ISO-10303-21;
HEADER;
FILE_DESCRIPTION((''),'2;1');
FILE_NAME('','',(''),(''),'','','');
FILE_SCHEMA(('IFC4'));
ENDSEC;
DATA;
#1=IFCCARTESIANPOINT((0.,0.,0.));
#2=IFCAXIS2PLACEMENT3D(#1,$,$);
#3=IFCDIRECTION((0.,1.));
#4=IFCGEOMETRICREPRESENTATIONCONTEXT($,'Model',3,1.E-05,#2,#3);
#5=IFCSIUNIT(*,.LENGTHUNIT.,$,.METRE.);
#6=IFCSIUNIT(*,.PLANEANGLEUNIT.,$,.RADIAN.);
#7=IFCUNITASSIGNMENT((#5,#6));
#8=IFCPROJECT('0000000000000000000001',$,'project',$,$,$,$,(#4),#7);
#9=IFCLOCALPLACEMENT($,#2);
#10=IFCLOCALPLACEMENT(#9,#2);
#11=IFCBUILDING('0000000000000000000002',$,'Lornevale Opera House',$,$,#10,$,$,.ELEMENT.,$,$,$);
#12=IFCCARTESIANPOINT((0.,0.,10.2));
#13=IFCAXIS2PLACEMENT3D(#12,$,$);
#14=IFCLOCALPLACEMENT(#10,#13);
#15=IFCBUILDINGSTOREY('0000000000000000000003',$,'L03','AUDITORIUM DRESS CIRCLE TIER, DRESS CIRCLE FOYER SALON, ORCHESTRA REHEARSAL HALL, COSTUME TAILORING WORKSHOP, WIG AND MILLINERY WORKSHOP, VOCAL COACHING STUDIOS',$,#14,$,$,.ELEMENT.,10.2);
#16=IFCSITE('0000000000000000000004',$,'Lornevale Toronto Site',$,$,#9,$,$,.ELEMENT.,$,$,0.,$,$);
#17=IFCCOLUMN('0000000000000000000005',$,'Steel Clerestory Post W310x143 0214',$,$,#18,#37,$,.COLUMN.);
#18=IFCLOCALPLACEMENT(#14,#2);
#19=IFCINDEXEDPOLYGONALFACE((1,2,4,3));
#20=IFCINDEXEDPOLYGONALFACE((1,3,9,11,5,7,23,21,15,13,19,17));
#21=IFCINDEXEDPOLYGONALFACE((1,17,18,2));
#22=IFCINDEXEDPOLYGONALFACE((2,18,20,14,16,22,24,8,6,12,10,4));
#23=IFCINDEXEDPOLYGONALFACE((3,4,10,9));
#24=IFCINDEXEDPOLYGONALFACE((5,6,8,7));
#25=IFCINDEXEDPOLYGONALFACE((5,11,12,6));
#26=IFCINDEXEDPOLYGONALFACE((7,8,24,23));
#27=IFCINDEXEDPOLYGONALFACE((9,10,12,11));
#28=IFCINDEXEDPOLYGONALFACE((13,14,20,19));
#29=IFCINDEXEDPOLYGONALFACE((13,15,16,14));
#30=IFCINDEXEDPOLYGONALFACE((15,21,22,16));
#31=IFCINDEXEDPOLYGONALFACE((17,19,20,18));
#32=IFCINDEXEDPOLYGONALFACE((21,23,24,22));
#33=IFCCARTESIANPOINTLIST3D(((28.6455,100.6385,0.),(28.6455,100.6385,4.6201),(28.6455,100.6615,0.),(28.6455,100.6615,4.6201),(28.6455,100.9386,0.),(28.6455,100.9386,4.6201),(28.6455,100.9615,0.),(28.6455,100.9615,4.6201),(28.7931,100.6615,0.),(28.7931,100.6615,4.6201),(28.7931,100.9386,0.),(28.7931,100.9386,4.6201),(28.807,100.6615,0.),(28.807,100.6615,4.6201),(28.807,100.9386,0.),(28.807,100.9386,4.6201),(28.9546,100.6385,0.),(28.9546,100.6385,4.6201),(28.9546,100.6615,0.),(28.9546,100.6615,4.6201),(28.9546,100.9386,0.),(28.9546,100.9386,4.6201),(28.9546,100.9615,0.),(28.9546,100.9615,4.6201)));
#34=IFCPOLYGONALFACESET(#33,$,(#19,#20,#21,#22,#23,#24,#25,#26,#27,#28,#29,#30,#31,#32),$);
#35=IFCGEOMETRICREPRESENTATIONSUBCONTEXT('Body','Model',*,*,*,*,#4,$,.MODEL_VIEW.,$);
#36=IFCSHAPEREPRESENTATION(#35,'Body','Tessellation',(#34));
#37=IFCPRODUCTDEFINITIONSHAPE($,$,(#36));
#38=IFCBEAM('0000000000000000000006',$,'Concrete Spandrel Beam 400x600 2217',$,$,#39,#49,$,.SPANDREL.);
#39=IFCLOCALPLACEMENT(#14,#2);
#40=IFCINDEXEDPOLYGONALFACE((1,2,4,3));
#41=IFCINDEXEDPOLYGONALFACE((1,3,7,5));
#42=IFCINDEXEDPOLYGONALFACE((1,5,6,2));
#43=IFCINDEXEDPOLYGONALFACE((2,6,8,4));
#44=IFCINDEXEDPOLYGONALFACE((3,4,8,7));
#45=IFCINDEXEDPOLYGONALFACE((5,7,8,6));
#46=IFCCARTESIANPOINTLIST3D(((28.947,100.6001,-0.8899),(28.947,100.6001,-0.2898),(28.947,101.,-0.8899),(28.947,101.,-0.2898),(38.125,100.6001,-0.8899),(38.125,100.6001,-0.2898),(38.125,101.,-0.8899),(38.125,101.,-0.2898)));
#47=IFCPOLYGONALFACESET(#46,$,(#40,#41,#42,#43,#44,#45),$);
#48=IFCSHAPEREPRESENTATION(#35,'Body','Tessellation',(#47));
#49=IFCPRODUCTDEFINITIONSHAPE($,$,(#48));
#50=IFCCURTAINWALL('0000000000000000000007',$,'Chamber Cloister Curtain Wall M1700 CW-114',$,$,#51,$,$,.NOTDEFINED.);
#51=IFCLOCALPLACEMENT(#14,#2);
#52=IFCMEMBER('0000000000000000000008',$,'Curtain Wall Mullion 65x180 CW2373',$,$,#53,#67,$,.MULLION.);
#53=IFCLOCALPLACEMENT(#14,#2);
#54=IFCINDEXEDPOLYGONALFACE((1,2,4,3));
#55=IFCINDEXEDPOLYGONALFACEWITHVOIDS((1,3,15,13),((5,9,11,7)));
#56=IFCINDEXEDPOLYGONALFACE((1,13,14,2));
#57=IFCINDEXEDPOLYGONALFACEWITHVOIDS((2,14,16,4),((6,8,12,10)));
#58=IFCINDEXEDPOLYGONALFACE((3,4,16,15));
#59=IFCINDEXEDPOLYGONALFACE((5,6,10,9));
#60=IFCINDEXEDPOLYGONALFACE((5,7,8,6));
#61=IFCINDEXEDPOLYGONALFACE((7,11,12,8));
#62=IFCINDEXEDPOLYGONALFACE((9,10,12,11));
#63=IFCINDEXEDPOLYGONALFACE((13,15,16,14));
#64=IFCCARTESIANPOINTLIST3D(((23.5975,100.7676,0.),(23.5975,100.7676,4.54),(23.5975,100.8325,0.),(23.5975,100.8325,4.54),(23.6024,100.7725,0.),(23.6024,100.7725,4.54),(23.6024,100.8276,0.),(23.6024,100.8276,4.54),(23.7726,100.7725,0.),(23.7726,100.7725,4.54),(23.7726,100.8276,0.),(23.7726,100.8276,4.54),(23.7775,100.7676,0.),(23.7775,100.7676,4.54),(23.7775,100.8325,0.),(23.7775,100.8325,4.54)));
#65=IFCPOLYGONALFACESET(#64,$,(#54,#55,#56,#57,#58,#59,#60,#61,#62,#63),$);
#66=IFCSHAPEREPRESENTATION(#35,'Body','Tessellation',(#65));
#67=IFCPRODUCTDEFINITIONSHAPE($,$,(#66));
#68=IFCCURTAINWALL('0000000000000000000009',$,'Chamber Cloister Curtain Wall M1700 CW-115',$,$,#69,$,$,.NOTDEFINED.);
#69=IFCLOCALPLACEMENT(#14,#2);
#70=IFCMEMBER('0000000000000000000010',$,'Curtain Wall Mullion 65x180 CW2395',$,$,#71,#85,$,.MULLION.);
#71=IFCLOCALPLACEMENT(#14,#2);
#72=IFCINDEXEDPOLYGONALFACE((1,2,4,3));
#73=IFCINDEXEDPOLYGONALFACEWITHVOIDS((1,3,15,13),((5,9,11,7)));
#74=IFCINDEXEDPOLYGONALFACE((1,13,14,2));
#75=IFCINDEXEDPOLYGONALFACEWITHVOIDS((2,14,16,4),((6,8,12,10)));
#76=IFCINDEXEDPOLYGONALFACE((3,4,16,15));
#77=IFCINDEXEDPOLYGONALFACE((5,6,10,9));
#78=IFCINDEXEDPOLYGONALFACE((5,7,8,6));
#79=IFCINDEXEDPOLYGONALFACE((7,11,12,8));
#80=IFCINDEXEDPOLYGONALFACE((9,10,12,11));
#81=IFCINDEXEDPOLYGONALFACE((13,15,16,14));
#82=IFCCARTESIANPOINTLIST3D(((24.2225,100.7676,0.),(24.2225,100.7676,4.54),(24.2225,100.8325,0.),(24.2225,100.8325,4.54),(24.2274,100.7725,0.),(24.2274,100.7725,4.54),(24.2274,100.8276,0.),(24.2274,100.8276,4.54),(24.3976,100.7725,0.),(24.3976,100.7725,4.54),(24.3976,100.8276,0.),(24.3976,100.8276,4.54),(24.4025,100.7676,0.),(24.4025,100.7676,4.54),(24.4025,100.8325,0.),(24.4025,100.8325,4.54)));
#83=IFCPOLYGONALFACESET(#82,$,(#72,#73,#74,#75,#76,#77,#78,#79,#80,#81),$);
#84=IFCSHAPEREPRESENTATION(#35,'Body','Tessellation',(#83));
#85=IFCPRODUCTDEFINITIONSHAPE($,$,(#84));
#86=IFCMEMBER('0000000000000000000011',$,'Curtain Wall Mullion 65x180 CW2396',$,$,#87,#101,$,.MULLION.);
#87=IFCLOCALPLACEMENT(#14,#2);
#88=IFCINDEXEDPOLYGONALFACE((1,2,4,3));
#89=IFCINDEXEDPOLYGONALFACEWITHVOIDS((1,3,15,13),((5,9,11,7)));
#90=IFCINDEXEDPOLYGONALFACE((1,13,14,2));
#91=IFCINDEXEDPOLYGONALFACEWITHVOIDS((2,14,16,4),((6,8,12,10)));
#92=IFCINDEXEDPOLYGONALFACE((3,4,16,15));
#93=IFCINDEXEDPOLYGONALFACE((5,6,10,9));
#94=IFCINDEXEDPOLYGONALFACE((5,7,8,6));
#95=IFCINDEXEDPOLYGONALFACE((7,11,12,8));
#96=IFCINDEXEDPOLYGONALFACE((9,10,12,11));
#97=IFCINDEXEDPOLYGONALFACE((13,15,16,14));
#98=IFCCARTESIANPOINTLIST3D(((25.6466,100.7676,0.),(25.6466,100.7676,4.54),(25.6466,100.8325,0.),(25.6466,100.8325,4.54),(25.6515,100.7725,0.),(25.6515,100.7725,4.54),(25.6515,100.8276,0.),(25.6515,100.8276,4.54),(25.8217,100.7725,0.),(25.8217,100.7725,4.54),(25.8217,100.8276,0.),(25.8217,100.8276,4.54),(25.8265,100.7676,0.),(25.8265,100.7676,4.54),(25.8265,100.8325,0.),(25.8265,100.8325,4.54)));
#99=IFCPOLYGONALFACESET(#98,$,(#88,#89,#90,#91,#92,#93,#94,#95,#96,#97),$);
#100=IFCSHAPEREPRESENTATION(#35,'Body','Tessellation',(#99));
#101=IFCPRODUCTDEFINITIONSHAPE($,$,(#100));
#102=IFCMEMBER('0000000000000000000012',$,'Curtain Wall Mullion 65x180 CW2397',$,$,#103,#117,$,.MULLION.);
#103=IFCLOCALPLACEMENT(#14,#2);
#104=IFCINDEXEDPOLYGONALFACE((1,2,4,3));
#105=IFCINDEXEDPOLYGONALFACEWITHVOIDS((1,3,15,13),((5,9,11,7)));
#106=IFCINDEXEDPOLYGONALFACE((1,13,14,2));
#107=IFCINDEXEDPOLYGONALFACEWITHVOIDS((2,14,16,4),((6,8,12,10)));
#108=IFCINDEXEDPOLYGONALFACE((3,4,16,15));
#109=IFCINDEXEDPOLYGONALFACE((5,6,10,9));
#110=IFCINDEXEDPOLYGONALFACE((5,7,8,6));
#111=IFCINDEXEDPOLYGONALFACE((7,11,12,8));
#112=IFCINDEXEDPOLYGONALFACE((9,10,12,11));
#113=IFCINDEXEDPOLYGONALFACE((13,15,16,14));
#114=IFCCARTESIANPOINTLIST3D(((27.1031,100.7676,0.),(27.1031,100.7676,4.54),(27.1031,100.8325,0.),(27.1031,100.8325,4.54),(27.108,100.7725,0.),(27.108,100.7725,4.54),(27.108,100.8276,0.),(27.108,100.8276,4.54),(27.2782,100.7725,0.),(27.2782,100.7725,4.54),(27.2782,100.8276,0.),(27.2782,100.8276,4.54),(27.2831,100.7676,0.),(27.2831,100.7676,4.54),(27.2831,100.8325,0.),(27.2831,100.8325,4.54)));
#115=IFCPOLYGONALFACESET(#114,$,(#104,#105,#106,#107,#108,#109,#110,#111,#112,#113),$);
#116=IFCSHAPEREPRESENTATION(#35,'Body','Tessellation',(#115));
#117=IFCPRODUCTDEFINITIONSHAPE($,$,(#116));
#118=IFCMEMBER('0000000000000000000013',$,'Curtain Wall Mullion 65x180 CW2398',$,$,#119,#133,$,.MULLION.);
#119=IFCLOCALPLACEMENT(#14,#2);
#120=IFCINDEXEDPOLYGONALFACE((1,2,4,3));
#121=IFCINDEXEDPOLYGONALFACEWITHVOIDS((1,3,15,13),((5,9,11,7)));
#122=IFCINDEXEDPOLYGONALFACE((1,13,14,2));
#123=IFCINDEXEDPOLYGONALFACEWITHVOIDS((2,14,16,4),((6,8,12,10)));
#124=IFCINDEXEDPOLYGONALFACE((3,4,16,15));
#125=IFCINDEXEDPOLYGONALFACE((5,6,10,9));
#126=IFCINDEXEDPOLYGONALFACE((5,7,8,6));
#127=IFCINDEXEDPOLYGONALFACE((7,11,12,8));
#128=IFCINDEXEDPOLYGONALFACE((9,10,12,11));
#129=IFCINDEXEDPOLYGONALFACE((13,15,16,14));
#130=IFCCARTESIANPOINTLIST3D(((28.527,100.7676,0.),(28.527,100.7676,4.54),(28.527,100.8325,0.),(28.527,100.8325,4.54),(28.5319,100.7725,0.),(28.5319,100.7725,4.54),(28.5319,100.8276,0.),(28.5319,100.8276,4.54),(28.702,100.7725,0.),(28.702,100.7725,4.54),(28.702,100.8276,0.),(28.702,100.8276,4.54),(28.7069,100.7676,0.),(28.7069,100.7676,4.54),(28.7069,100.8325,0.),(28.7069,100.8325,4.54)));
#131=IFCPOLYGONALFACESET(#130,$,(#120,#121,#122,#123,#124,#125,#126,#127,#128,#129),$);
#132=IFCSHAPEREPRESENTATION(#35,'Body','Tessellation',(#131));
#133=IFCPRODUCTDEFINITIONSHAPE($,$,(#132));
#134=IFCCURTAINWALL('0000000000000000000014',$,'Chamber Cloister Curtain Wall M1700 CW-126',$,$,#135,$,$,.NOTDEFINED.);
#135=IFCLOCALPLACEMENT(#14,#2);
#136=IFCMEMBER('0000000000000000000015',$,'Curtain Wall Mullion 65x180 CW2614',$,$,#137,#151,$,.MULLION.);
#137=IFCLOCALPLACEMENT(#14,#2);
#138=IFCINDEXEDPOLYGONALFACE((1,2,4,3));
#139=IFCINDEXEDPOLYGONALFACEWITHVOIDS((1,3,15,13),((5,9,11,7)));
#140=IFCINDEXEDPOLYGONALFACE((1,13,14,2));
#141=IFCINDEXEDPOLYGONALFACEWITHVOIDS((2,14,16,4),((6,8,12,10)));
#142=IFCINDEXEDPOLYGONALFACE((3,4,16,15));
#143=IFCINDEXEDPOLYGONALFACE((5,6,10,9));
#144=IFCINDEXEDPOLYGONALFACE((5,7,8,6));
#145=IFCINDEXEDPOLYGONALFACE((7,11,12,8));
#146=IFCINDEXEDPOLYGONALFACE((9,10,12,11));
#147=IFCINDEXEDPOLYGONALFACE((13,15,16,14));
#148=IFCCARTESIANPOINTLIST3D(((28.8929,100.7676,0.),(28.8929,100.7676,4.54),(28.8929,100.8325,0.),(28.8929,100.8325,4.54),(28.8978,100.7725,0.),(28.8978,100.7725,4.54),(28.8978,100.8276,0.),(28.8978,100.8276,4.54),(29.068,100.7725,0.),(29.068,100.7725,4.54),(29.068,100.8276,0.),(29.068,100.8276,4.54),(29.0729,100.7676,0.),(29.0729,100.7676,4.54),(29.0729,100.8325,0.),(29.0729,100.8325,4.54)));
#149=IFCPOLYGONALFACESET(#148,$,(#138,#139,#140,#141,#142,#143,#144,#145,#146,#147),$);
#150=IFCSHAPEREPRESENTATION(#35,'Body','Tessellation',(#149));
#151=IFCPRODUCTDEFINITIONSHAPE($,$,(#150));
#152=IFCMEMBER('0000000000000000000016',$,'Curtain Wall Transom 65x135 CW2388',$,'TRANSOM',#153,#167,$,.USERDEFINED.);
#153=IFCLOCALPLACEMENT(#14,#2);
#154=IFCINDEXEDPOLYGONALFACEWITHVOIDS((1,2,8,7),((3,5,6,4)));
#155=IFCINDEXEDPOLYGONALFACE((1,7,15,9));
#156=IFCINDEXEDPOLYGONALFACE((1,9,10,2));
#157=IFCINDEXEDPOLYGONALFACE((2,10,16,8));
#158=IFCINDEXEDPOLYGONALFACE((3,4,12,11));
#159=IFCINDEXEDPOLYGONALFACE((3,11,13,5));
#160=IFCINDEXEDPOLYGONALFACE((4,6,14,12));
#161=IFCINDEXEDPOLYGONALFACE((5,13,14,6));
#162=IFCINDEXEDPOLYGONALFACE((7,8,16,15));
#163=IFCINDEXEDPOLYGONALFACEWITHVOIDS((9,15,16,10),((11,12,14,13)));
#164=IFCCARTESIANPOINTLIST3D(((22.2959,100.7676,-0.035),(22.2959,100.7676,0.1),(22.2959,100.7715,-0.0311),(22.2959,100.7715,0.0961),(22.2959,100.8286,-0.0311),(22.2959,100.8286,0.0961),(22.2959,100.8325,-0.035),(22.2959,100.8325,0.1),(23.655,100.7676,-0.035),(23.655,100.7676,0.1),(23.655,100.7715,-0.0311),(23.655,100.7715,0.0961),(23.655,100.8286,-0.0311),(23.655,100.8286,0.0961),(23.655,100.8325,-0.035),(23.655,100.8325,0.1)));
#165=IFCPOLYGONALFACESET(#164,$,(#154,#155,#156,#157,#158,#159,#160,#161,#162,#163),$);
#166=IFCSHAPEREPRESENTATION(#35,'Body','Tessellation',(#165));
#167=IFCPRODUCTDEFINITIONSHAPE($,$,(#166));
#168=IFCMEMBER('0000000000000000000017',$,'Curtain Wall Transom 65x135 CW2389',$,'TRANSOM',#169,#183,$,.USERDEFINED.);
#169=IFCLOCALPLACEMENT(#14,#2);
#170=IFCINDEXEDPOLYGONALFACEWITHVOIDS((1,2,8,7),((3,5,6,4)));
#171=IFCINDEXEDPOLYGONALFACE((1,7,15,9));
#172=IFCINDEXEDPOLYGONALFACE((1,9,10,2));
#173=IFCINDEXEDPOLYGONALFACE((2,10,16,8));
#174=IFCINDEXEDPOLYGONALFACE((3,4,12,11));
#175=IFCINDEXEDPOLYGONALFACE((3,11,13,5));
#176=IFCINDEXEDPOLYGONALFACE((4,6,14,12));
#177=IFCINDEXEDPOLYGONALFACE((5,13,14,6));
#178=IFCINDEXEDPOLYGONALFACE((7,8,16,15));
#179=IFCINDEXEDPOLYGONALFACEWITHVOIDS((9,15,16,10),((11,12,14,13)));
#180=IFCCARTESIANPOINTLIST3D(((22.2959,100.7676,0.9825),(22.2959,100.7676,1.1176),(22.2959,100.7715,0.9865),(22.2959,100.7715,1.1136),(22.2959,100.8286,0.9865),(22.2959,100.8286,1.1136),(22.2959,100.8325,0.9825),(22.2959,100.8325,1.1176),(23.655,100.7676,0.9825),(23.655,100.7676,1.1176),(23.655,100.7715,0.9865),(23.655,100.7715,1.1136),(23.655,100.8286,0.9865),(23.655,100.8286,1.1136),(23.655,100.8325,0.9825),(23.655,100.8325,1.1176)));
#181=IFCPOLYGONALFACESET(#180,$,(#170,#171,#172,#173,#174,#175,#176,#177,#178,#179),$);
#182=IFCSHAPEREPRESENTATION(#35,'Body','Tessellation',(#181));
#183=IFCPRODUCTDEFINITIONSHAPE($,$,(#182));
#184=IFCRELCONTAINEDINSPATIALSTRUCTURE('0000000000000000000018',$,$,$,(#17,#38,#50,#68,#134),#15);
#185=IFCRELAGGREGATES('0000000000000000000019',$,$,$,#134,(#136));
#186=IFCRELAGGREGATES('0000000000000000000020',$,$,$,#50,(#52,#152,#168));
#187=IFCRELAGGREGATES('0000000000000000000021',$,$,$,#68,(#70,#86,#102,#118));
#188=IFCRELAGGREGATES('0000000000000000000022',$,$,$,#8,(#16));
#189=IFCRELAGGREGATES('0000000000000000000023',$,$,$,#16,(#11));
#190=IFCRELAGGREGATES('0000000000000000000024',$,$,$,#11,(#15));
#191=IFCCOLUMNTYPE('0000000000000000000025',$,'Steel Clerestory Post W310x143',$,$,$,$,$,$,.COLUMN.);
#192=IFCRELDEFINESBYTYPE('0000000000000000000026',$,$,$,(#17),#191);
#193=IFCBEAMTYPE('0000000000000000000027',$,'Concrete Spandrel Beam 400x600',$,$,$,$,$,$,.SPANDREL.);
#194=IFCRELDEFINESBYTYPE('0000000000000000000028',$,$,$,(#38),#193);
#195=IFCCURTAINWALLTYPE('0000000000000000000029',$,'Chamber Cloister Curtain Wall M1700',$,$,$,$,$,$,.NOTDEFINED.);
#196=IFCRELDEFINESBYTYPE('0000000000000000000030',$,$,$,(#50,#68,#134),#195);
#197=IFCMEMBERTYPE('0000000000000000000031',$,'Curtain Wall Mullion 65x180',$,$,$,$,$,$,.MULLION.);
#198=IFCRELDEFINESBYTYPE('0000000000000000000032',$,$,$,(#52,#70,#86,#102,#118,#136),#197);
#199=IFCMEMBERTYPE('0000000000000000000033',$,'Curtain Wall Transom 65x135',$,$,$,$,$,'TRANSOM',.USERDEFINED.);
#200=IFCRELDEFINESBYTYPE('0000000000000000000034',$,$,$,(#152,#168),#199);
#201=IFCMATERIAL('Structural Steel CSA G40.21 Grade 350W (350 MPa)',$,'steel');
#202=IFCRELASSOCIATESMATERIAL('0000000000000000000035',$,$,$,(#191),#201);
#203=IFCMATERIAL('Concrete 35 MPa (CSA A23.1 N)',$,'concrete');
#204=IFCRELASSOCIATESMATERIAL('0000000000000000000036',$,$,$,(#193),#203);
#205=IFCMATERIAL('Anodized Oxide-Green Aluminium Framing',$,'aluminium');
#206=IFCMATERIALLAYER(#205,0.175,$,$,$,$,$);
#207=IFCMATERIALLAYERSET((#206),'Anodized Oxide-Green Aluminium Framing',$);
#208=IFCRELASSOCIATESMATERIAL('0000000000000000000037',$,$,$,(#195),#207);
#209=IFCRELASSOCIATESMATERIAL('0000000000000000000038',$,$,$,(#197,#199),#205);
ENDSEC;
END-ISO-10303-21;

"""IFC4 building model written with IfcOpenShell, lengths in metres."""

from ifc_helpers import new_model, si_unit, direction, frame, origin, origin_2d, place, context, subcontext, project, spatial, rectangle, hollow_rectangle, i_section, extrude, material, layer, layer_set, material_profile, profile_set, type_object, element, aggregate, save


model = new_model("IFC4")

# Units and contexts
model_context = context("Model", 3, precision=1e-05, world=origin(), true_north=direction((0.0, 1.0)))
body_context = subcontext(model_context, "Body", "Model", "MODEL_VIEW")
ifc_project = project(units=[si_unit("LENGTHUNIT", "METRE"), si_unit("PLANEANGLEUNIT", "RADIAN")], contexts=[model_context])

# Site, building, storey
site_placement = place(None, origin())
site = spatial("IfcSite", under=ifc_project, at=site_placement, Name="Lornevale Toronto Site", CompositionType="ELEMENT", RefElevation=0.0)
building_placement = place(site_placement, origin())
building = spatial("IfcBuilding", under=site, at=building_placement, Name="Lornevale Opera House", CompositionType="ELEMENT")
storey_placement = place(building_placement, frame((0.0, 0.0, 10.2)))
storey = spatial("IfcBuildingStorey", under=building, at=storey_placement, Name="L03", Description="AUDITORIUM DRESS CIRCLE TIER, DRESS CIRCLE FOYER SALON, ORCHESTRA REHEARSAL HALL, COSTUME TAILORING WORKSHOP, WIG AND MILLINERY WORKSHOP, VOCAL COACHING STUDIOS", CompositionType="ELEMENT", Elevation=10.2)

# Column
ifc_material_1 = material(Name="Structural Steel CSA G40.21 Grade 350W (350 MPa)", Category="steel")
ifc_material_profile_1 = material_profile(ifc_material_1, i_section(OverallWidth=0.3091, OverallDepth=0.323, WebThickness=0.0139, FlangeThickness=0.0229, at=origin_2d()), Name="W310x143")
ifc_profile_set_1 = profile_set([ifc_material_profile_1], Name="Structural Steel CSA G40.21 Grade 350W (350 MPa)")
column_type = type_object("IfcColumnType", Name="Steel Clerestory Post W310x143", PredefinedType="COLUMN", material=ifc_profile_set_1)
column_placement = place(storey_placement, frame((28.8, 100.8, 0.0), z_axis=(0.0, 0.0, 1.0), x_axis=(1.0, 0.0, 0.0)))
element("IfcColumn", 1, at=column_placement, inside=storey, type_object=column_type, Name="Steel Clerestory Post W310x143 0214", PredefinedType="COLUMN", context=body_context, shape_type="SweptSolid", body=[
    extrude(i_section(OverallWidth=0.3091, OverallDepth=0.323, WebThickness=0.0139, FlangeThickness=0.0229, at=origin_2d()), origin(), (0.0, 0.0, 1.0), 4.6201),
])

# Beam
ifc_material_2 = material(Name="Concrete 35 MPa (CSA A23.1 N)", Category="concrete")
ifc_material_profile_2 = material_profile(ifc_material_2, rectangle(XDim=0.3999, YDim=0.6001, at=origin_2d()), Name="RC400x600")
ifc_profile_set_2 = profile_set([ifc_material_profile_2], Name="Concrete 35 MPa (CSA A23.1 N)")
beam_type = type_object("IfcBeamType", Name="Concrete Spandrel Beam 400x600", PredefinedType="SPANDREL", material=ifc_profile_set_2)
beam_placement = place(storey_placement, frame((28.947, 100.8, -0.5898), z_axis=(1.0, 0.0, 0.0), x_axis=(0.0, 1.0, 0.0)))
element("IfcBeam", 2, at=beam_placement, inside=storey, type_object=beam_type, Name="Concrete Spandrel Beam 400x600 2217", PredefinedType="SPANDREL", context=body_context, shape_type="SweptSolid", body=[
    extrude(rectangle(XDim=0.3999, YDim=0.6001, at=origin_2d()), origin(), (0.0, 0.0, 1.0), 9.178),
])

# Curtain wall, member
ifc_material_3 = material(Name="Anodized Oxide-Green Aluminium Framing", Category="aluminium")
ifc_layer_1 = layer(ifc_material_3, 0.175)
ifc_layer_set_1 = layer_set([ifc_layer_1], Name="Anodized Oxide-Green Aluminium Framing")
curtain_wall_type = type_object("IfcCurtainWallType", Name="Chamber Cloister Curtain Wall M1700", PredefinedType="NOTDEFINED", material=ifc_layer_set_1)
curtain_wall_1_placement = place(storey_placement, origin())
curtain_wall_1 = element("IfcCurtainWall", 3, at=curtain_wall_1_placement, inside=storey, type_object=curtain_wall_type, Name="Chamber Cloister Curtain Wall M1700 CW-114", PredefinedType="NOTDEFINED")
ifc_material_profile_3 = material_profile(ifc_material_3, hollow_rectangle(XDim=0.0649, YDim=0.1799, WallThickness=0.0049, at=origin_2d()), Name="ALU65x180x5")
ifc_profile_set_3 = profile_set([ifc_material_profile_3], Name="Anodized Oxide-Green Aluminium Framing")
member_type_1 = type_object("IfcMemberType", Name="Curtain Wall Mullion 65x180", PredefinedType="MULLION", material=ifc_profile_set_3)
member_1_placement = place(storey_placement, frame((23.6875, 100.8, 0.0), z_axis=(0.0, 0.0, 1.0), x_axis=(0.0, 1.0, 0.0)))
member_1 = element("IfcMember", 4, at=member_1_placement, type_object=member_type_1, Name="Curtain Wall Mullion 65x180 CW2373", PredefinedType="MULLION", context=body_context, shape_type="SweptSolid", body=[
    extrude(hollow_rectangle(XDim=0.0649, YDim=0.1799, WallThickness=0.0049, at=origin_2d()), origin(), (0.0, 0.0, 1.0), 4.54),
])

# Curtain wall, members
curtain_wall_2_placement = place(storey_placement, origin())
curtain_wall_2 = element("IfcCurtainWall", 5, at=curtain_wall_2_placement, inside=storey, type_object=curtain_wall_type, Name="Chamber Cloister Curtain Wall M1700 CW-115", PredefinedType="NOTDEFINED")
member_2_placement = place(storey_placement, frame((24.3125, 100.8, 0.0), z_axis=(0.0, 0.0, 1.0), x_axis=(0.0, 1.0, 0.0)))
member_2 = element("IfcMember", 6, at=member_2_placement, type_object=member_type_1, Name="Curtain Wall Mullion 65x180 CW2395", PredefinedType="MULLION", context=body_context, shape_type="SweptSolid", body=[
    extrude(hollow_rectangle(XDim=0.0649, YDim=0.1799, WallThickness=0.0049, at=origin_2d()), origin(), (0.0, 0.0, 1.0), 4.54),
])
member_3_placement = place(storey_placement, frame((25.7366, 100.8, 0.0), z_axis=(0.0, 0.0, 1.0), x_axis=(0.0, 1.0, 0.0)))
member_3 = element("IfcMember", 7, at=member_3_placement, type_object=member_type_1, Name="Curtain Wall Mullion 65x180 CW2396", PredefinedType="MULLION", context=body_context, shape_type="SweptSolid", body=[
    extrude(hollow_rectangle(XDim=0.0649, YDim=0.1799, WallThickness=0.0049, at=origin_2d()), origin(), (0.0, 0.0, 1.0), 4.54),
])
member_4_placement = place(storey_placement, frame((27.1931, 100.8, 0.0), z_axis=(0.0, 0.0, 1.0), x_axis=(0.0, 1.0, 0.0)))
member_4 = element("IfcMember", 8, at=member_4_placement, type_object=member_type_1, Name="Curtain Wall Mullion 65x180 CW2397", PredefinedType="MULLION", context=body_context, shape_type="SweptSolid", body=[
    extrude(hollow_rectangle(XDim=0.0649, YDim=0.1799, WallThickness=0.0049, at=origin_2d()), origin(), (0.0, 0.0, 1.0), 4.54),
])
member_5_placement = place(storey_placement, frame((28.6169, 100.8, 0.0), z_axis=(0.0, 0.0, 1.0), x_axis=(0.0, 1.0, 0.0)))
member_5 = element("IfcMember", 9, at=member_5_placement, type_object=member_type_1, Name="Curtain Wall Mullion 65x180 CW2398", PredefinedType="MULLION", context=body_context, shape_type="SweptSolid", body=[
    extrude(hollow_rectangle(XDim=0.0649, YDim=0.1799, WallThickness=0.0049, at=origin_2d()), origin(), (0.0, 0.0, 1.0), 4.54),
])

# Curtain wall, member
curtain_wall_3_placement = place(storey_placement, origin())
curtain_wall_3 = element("IfcCurtainWall", 10, at=curtain_wall_3_placement, inside=storey, type_object=curtain_wall_type, Name="Chamber Cloister Curtain Wall M1700 CW-126", PredefinedType="NOTDEFINED")
member_6_placement = place(storey_placement, frame((28.9829, 100.8, 0.0), z_axis=(0.0, 0.0, 1.0), x_axis=(0.0, 1.0, 0.0)))
member_6 = element("IfcMember", 11, at=member_6_placement, type_object=member_type_1, Name="Curtain Wall Mullion 65x180 CW2614", PredefinedType="MULLION", context=body_context, shape_type="SweptSolid", body=[
    extrude(hollow_rectangle(XDim=0.0649, YDim=0.1799, WallThickness=0.0049, at=origin_2d()), origin(), (0.0, 0.0, 1.0), 4.54),
])

# Members
ifc_material_profile_4 = material_profile(ifc_material_3, hollow_rectangle(XDim=0.0649, YDim=0.135, WallThickness=0.0039, at=origin_2d()), Name="ALU65x135x4")
ifc_profile_set_4 = profile_set([ifc_material_profile_4], Name="Anodized Oxide-Green Aluminium Framing")
member_type_2 = type_object("IfcMemberType", Name="Curtain Wall Transom 65x135", ElementType="TRANSOM", PredefinedType="USERDEFINED", material=ifc_profile_set_4)
member_7_placement = place(storey_placement, frame((22.2959, 100.8, 0.0325), z_axis=(1.0, 0.0, 0.0), x_axis=(0.0, 1.0, 0.0)))
member_7 = element("IfcMember", 12, at=member_7_placement, type_object=member_type_2, Name="Curtain Wall Transom 65x135 CW2388", ObjectType="TRANSOM", PredefinedType="USERDEFINED", context=body_context, shape_type="SweptSolid", body=[
    extrude(hollow_rectangle(XDim=0.0649, YDim=0.135, WallThickness=0.0039, at=origin_2d()), origin(), (0.0, 0.0, 1.0), 1.3591),
])
member_8_placement = place(storey_placement, frame((22.2959, 100.8, 1.05), z_axis=(1.0, 0.0, 0.0), x_axis=(0.0, 1.0, 0.0)))
member_8 = element("IfcMember", 13, at=member_8_placement, type_object=member_type_2, Name="Curtain Wall Transom 65x135 CW2389", ObjectType="TRANSOM", PredefinedType="USERDEFINED", context=body_context, shape_type="SweptSolid", body=[
    extrude(hollow_rectangle(XDim=0.0649, YDim=0.135, WallThickness=0.0039, at=origin_2d()), origin(), (0.0, 0.0, 1.0), 1.3591),
])
aggregate(curtain_wall_3, [member_6])

aggregate(curtain_wall_1, [member_1, member_7, member_8])
aggregate(curtain_wall_2, [member_2, member_3, member_4, member_5])

save(model, "model.ifc")
